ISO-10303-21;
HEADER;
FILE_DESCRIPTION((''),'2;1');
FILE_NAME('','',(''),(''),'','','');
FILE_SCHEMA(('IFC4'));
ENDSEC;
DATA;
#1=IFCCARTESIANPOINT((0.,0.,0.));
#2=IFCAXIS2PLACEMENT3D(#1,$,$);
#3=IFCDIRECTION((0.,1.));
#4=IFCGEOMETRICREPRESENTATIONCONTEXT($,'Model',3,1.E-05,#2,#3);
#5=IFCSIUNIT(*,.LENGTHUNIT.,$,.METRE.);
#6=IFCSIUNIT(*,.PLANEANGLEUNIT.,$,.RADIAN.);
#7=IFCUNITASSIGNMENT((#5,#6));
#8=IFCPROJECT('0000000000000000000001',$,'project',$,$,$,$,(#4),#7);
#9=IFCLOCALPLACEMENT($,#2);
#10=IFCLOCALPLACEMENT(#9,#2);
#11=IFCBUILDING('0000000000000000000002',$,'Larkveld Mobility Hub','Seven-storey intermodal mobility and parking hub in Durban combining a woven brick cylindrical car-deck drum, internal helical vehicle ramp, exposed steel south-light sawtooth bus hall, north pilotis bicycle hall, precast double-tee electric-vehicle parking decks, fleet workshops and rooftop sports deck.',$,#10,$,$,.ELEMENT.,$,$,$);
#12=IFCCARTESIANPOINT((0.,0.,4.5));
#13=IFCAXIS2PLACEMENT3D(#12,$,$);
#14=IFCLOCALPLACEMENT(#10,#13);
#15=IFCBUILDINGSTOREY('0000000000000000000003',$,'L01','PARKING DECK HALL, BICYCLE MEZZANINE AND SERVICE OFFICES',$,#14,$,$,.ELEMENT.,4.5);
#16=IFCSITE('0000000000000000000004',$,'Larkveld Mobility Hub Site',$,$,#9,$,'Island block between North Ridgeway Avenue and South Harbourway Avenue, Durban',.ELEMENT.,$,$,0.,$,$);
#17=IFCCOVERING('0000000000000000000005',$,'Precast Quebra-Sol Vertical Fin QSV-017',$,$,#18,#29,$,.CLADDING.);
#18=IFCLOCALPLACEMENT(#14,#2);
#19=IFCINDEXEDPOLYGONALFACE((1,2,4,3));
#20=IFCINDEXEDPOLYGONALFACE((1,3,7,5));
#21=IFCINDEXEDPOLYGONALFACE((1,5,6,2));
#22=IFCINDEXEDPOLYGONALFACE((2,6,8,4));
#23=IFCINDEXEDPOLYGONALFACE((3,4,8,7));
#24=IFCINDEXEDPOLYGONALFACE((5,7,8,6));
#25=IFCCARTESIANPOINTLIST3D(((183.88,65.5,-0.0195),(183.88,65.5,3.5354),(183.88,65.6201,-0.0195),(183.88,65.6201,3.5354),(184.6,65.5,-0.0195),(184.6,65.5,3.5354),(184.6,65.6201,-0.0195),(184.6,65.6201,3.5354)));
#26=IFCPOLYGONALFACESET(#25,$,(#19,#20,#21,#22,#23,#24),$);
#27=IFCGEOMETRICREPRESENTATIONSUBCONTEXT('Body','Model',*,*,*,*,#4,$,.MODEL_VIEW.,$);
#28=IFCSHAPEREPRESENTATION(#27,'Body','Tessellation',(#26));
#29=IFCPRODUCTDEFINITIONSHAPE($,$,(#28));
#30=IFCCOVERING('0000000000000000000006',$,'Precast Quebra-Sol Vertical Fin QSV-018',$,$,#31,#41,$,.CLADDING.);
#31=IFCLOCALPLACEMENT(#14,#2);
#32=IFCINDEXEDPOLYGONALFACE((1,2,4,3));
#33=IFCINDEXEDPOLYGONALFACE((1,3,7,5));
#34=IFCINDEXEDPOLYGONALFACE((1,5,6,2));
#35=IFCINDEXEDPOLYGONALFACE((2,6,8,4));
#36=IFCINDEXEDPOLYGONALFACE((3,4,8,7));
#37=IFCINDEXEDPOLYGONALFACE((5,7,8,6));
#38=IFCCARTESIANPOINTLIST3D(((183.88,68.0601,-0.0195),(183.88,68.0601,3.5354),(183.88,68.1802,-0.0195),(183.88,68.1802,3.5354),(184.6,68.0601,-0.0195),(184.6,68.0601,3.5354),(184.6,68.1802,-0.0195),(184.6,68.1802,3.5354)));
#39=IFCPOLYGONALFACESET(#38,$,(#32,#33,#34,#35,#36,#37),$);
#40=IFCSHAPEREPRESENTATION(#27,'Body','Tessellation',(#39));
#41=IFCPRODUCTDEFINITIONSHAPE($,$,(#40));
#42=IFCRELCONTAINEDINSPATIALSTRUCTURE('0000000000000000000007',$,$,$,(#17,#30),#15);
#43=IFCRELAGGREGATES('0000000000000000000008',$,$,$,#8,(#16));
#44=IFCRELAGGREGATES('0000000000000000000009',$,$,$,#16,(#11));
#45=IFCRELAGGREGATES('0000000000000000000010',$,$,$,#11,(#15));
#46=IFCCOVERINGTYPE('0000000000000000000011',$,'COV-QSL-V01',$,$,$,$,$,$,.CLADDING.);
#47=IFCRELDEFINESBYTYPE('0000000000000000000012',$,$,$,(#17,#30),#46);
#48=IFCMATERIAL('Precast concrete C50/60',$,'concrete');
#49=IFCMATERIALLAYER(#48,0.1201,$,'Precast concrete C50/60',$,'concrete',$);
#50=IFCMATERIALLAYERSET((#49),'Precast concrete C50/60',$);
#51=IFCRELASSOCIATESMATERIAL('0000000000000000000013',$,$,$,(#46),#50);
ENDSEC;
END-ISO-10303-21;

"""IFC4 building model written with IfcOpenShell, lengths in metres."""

from ifc_helpers import new_model, si_unit, direction, frame, origin, origin_2d, place, context, subcontext, project, spatial, rectangle, extrude, material, layer, layer_set, type_object, element, save


model = new_model("IFC4")

# Units and contexts
model_context = context("Model", 3, precision=1e-05, world=origin(), true_north=direction((0.0, 1.0)))
body_context = subcontext(model_context, "Body", "Model", "MODEL_VIEW")
ifc_project = project(units=[si_unit("LENGTHUNIT", "METRE"), si_unit("PLANEANGLEUNIT", "RADIAN")], contexts=[model_context])

# Site, building, storey
site_placement = place(None, origin())
site = spatial("IfcSite", under=ifc_project, at=site_placement, Name="Larkveld Mobility Hub Site", LongName="Island block between North Ridgeway Avenue and South Harbourway Avenue, Durban", CompositionType="ELEMENT", RefElevation=0.0)
building_placement = place(site_placement, origin())
building = spatial("IfcBuilding", under=site, at=building_placement, Name="Larkveld Mobility Hub", Description="Seven-storey intermodal mobility and parking hub in Durban combining a woven brick cylindrical car-deck drum, internal helical vehicle ramp, exposed steel south-light sawtooth bus hall, north pilotis bicycle hall, precast double-tee electric-vehicle parking decks, fleet workshops and rooftop sports deck.", CompositionType="ELEMENT")
storey_placement = place(building_placement, frame((0.0, 0.0, 4.5)))
storey = spatial("IfcBuildingStorey", under=building, at=storey_placement, Name="L01", Description="PARKING DECK HALL, BICYCLE MEZZANINE AND SERVICE OFFICES", CompositionType="ELEMENT", Elevation=4.5)

# Coverings
ifc_material_1 = material(Name="Precast concrete C50/60", Category="concrete")
ifc_layer_1 = layer(ifc_material_1, 0.1201, Name="Precast concrete C50/60", Category="concrete")
ifc_layer_set_1 = layer_set([ifc_layer_1], Name="Precast concrete C50/60")
covering_type_1 = type_object("IfcCoveringType", Name="COV-QSL-V01", PredefinedType="CLADDING", material=ifc_layer_set_1)
for number, where, z_axis, x_axis, name in (
    (1, (184.24, 65.5601, -0.0195), (0.0, 0.0, 1.0), (0.0, 1.0, 0.0), "Precast Quebra-Sol Vertical Fin QSV-017"),
    (2, (184.24, 68.1201, -0.0195), (0.0, 0.0, 1.0), (0.0, 1.0, 0.0), "Precast Quebra-Sol Vertical Fin QSV-018"),
):
    element("IfcCovering", number, at=place(storey_placement, frame(where, z_axis=z_axis, x_axis=x_axis)), inside=storey, type_object=covering_type_1, Name=name, PredefinedType="CLADDING", context=body_context, shape_type="SweptSolid", body=[
        extrude(rectangle(XDim=0.1201, YDim=0.72, at=origin_2d()), origin(), (0.0, 0.0, 1.0), 3.5549),
    ])

save(model, "model.ifc")
